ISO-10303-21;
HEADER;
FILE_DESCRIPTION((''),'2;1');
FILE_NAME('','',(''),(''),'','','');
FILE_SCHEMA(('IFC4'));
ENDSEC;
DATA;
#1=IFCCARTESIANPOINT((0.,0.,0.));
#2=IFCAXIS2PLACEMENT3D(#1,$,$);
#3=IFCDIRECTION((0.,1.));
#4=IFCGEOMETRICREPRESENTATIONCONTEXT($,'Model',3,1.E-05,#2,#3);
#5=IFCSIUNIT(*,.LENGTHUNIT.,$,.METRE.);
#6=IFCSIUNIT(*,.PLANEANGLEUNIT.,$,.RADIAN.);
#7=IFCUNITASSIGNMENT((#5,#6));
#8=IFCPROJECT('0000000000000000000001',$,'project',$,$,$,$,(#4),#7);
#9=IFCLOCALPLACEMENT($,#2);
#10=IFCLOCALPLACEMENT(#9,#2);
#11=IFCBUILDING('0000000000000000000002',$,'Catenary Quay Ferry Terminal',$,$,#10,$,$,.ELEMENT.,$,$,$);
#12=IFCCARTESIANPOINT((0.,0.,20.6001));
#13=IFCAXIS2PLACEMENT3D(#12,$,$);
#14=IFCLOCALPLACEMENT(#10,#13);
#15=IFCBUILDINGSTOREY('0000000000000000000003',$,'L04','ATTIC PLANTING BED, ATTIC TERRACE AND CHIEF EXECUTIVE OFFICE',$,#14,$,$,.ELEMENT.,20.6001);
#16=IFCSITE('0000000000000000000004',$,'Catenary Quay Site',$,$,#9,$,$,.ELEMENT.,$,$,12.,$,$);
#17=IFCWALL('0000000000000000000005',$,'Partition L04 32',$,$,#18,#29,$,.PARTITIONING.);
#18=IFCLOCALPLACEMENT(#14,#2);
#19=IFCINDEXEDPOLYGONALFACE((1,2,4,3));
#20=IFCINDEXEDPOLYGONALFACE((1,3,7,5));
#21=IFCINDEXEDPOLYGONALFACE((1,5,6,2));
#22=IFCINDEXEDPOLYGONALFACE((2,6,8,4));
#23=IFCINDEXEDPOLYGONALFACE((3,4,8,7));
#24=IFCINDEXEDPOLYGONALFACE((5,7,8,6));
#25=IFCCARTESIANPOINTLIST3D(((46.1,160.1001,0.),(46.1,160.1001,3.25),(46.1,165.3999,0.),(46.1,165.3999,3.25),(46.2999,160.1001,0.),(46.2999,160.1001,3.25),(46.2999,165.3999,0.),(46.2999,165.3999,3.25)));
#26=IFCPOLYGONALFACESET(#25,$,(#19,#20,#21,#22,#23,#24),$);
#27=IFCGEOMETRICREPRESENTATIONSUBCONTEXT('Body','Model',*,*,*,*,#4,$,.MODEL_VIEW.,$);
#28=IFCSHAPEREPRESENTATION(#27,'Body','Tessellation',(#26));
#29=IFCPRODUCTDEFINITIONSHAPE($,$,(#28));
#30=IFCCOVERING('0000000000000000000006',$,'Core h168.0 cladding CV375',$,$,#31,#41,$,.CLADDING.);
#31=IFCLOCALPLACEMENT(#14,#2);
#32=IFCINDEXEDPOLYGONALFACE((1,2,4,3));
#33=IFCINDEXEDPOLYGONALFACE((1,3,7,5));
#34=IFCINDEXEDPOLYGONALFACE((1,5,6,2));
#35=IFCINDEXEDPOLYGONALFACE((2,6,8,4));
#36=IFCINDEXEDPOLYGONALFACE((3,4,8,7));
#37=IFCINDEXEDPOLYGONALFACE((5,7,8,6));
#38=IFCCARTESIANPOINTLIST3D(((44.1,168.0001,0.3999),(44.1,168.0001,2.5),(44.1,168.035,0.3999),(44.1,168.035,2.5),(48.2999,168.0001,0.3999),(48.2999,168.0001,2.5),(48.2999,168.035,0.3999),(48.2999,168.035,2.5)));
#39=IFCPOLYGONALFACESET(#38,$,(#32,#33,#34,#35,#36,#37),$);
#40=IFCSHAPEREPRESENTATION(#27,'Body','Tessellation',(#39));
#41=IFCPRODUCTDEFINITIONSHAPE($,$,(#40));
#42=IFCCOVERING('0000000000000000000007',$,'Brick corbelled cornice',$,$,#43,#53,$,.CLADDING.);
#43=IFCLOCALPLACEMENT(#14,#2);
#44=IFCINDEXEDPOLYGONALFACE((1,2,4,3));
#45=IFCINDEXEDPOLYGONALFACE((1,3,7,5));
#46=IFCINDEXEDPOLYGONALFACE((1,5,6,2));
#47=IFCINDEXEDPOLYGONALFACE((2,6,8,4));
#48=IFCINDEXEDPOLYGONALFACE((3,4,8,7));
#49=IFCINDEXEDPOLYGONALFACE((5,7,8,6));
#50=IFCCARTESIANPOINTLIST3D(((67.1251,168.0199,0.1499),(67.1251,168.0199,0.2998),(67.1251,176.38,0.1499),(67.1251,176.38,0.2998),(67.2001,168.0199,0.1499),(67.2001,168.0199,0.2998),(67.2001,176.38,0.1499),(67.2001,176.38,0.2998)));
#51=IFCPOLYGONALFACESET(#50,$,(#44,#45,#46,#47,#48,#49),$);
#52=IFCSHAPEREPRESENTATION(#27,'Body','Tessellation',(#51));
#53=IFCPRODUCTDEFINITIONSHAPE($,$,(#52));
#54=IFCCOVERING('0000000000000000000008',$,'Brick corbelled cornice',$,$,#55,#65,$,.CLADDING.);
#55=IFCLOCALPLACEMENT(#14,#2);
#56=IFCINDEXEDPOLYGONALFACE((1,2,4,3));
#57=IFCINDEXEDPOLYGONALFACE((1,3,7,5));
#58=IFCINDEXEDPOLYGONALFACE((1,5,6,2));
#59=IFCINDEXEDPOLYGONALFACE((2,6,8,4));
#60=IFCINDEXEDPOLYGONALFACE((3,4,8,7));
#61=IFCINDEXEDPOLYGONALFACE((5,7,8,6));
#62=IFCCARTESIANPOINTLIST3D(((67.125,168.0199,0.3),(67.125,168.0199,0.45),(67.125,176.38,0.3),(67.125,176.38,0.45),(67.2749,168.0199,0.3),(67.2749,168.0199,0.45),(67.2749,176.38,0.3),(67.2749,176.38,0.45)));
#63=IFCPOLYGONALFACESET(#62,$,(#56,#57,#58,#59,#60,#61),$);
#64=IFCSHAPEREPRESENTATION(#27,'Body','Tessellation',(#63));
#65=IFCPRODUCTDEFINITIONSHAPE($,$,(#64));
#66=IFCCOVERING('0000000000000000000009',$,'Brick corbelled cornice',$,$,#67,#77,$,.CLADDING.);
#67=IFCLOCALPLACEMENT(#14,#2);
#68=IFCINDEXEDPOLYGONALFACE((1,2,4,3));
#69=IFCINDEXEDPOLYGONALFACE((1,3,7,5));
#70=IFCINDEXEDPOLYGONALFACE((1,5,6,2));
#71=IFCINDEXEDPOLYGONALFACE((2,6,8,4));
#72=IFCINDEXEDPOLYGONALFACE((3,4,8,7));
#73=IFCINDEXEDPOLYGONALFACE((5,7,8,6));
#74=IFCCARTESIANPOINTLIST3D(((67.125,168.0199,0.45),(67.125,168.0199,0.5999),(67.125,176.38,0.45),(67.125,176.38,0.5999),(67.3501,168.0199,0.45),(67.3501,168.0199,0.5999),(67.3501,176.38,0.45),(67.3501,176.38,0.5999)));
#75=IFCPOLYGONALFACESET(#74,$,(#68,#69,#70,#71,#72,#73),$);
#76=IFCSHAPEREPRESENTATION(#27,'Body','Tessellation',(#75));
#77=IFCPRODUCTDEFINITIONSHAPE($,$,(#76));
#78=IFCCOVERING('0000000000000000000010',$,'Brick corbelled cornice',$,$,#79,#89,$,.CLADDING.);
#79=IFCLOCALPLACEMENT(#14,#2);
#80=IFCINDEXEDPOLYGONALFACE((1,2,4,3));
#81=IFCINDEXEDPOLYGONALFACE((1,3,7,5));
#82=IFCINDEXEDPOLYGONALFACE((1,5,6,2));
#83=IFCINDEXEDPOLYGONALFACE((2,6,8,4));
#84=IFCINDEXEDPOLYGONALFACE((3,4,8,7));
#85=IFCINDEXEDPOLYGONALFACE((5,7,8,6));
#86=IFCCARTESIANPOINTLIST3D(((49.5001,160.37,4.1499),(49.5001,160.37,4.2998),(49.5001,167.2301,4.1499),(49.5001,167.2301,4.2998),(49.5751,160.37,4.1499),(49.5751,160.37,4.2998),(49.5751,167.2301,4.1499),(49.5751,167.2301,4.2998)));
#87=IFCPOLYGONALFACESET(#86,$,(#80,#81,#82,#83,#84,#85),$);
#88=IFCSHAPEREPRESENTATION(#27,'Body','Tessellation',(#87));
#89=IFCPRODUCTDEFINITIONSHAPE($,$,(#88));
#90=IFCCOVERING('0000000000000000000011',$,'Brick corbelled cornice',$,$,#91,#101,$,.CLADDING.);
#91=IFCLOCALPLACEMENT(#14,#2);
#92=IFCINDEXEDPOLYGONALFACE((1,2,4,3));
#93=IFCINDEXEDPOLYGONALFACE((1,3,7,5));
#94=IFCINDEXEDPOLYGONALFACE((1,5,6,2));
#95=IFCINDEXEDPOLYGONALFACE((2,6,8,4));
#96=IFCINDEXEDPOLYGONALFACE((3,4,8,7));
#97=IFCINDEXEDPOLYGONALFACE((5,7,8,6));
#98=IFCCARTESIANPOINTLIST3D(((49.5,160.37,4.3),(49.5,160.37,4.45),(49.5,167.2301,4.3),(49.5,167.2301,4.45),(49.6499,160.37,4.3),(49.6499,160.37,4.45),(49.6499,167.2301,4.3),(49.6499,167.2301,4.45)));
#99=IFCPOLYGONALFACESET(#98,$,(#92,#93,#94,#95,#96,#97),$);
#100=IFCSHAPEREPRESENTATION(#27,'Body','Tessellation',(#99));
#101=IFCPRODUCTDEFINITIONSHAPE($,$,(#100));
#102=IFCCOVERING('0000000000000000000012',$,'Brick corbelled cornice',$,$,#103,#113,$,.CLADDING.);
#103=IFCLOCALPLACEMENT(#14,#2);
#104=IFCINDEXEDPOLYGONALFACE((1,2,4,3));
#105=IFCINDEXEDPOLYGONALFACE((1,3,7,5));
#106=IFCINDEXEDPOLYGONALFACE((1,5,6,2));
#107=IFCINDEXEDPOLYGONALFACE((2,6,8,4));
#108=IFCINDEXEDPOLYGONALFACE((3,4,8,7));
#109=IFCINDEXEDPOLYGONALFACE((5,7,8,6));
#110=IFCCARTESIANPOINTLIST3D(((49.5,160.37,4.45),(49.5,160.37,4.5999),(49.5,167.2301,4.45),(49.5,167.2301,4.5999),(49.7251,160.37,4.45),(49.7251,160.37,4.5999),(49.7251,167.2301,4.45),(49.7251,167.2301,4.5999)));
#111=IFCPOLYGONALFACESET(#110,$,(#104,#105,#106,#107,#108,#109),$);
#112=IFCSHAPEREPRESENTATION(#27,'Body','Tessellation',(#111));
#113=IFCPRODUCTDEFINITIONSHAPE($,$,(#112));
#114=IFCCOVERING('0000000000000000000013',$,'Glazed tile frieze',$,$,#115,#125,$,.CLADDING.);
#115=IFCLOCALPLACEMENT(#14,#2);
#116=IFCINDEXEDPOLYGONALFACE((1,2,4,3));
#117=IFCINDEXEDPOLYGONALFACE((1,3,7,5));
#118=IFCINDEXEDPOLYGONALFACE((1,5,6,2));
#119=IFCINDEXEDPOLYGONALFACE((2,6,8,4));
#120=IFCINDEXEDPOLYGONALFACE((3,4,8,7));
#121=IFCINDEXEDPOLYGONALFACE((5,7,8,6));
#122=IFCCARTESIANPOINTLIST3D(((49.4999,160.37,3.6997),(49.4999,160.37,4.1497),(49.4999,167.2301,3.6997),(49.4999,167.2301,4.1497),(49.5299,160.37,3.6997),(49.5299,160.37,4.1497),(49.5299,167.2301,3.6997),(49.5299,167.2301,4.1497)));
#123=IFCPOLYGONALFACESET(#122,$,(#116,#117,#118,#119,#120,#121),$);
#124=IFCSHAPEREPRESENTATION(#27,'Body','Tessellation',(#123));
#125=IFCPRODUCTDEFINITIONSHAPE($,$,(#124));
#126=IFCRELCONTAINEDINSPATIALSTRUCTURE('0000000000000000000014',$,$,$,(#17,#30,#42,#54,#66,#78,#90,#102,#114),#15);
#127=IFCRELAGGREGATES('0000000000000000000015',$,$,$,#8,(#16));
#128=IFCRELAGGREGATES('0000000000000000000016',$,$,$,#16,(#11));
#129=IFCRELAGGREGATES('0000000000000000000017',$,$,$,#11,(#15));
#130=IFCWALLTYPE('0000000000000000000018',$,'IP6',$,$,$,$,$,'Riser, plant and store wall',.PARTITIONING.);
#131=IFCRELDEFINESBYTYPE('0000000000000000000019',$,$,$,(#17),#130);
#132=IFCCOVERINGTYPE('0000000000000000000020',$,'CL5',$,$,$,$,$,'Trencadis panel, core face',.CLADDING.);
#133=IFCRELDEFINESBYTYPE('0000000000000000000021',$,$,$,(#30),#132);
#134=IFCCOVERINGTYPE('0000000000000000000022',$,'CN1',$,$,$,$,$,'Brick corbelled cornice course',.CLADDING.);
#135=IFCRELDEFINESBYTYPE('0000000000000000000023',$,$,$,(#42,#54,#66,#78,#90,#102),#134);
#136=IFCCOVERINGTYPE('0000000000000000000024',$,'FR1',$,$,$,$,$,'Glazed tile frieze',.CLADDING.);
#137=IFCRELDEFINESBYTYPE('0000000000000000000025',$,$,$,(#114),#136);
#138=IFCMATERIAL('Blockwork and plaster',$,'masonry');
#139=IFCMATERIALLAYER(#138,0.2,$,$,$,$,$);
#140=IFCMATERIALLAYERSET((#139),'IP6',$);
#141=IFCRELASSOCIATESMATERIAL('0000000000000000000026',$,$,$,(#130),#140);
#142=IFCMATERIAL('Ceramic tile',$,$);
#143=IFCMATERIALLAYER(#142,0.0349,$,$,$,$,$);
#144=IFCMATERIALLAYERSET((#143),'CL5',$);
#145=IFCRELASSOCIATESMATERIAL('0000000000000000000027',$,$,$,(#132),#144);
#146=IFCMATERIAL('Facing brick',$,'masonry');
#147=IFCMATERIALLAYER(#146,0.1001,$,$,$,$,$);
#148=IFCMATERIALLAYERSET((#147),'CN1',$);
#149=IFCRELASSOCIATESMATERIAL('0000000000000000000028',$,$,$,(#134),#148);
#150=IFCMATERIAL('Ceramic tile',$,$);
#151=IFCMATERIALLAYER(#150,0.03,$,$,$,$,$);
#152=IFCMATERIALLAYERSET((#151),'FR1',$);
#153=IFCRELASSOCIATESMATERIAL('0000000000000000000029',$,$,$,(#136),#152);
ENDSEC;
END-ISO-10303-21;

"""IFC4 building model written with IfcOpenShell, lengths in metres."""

from ifc_helpers import new_model, si_unit, direction, frame, frame_2d, origin, origin_2d, place, context, subcontext, project, spatial, rectangle, extrude, material, layer, layer_set, type_object, element, save


model = new_model("IFC4")

# Units and contexts
model_context = context("Model", 3, precision=1e-05, world=origin(), true_north=direction((0.0, 1.0)))
body_context = subcontext(model_context, "Body", "Model", "MODEL_VIEW")
ifc_project = project(units=[si_unit("LENGTHUNIT", "METRE"), si_unit("PLANEANGLEUNIT", "RADIAN")], contexts=[model_context])

# Site, building, storey
site_placement = place(None, origin())
site = spatial("IfcSite", under=ifc_project, at=site_placement, Name="Catenary Quay Site", CompositionType="ELEMENT", RefElevation=12.0)
building_placement = place(site_placement, origin())
building = spatial("IfcBuilding", under=site, at=building_placement, Name="Catenary Quay Ferry Terminal", CompositionType="ELEMENT")
storey_placement = place(building_placement, frame((0.0, 0.0, 20.6001)))
storey = spatial("IfcBuildingStorey", under=building, at=storey_placement, Name="L04", Description="ATTIC PLANTING BED, ATTIC TERRACE AND CHIEF EXECUTIVE OFFICE", CompositionType="ELEMENT", Elevation=20.6001)

# Wall
ifc_material_1 = material(Name="Blockwork and plaster", Category="masonry")
ifc_layer_1 = layer(ifc_material_1, 0.2)
ifc_layer_set_1 = layer_set([ifc_layer_1], Name="IP6")
wall_type_1 = type_object("IfcWallType", Name="IP6", ElementType="Riser, plant and store wall", PredefinedType="PARTITIONING", material=ifc_layer_set_1)
wall_1_placement = place(storey_placement, frame((46.2, 160.1001, 0.0), z_axis=(0.0, 0.0, 1.0), x_axis=(0.0, 1.0, 0.0)))
element("IfcWall", 1, at=wall_1_placement, inside=storey, type_object=wall_type_1, Name="Partition L04 32", PredefinedType="PARTITIONING", context=body_context, shape_type="SweptSolid", body=[
    extrude(rectangle(XDim=5.2998, YDim=0.2, at=frame_2d((2.6499, 0.0))), origin(), (0.0, 0.0, 1.0), 3.25),
])

# Coverings
ifc_material_2 = material(Name="Ceramic tile")
ifc_layer_2 = layer(ifc_material_2, 0.0349)
ifc_layer_set_2 = layer_set([ifc_layer_2], Name="CL5")
covering_type_1 = type_object("IfcCoveringType", Name="CL5", ElementType="Trencadis panel, core face", PredefinedType="CLADDING", material=ifc_layer_set_2)
covering_1_placement = place(storey_placement, frame((46.2, 168.0176, 0.3999), z_axis=(0.0, 0.0, 1.0), x_axis=(1.0, 0.0, 0.0)))
element("IfcCovering", 2, at=covering_1_placement, inside=storey, type_object=covering_type_1, Name="Core h168.0 cladding CV375", PredefinedType="CLADDING", context=body_context, shape_type="SweptSolid", body=[
    extrude(rectangle(XDim=4.2, YDim=0.0349, at=origin_2d()), origin(), (0.0, 0.0, 1.0), 2.1001),
])
ifc_material_3 = material(Name="Facing brick", Category="masonry")
ifc_layer_3 = layer(ifc_material_3, 0.1001)
ifc_layer_set_3 = layer_set([ifc_layer_3], Name="CN1")
covering_type_2 = type_object("IfcCoveringType", Name="CN1", ElementType="Brick corbelled cornice course", PredefinedType="CLADDING", material=ifc_layer_set_3)
covering_2_placement = place(storey_placement, frame((67.1626, 172.2, 0.1499), z_axis=(0.0, 0.0, 1.0), x_axis=(1.0, 0.0, 0.0)))
element("IfcCovering", 3, at=covering_2_placement, inside=storey, type_object=covering_type_2, Name="Brick corbelled cornice", PredefinedType="CLADDING", context=body_context, shape_type="SweptSolid", body=[
    extrude(rectangle(XDim=0.075, YDim=8.3601, at=origin_2d()), origin(), (0.0, 0.0, 1.0), 0.1499),
])
covering_3_placement = place(storey_placement, frame((67.2, 172.2, 0.3), z_axis=(0.0, 0.0, 1.0), x_axis=(1.0, 0.0, 0.0)))
element("IfcCovering", 4, at=covering_3_placement, inside=storey, type_object=covering_type_2, Name="Brick corbelled cornice", PredefinedType="CLADDING", context=body_context, shape_type="SweptSolid", body=[
    extrude(rectangle(XDim=0.1499, YDim=8.3601, at=origin_2d()), origin(), (0.0, 0.0, 1.0), 0.1499),
])
covering_4_placement = place(storey_placement, frame((67.2375, 172.2, 0.45), z_axis=(0.0, 0.0, 1.0), x_axis=(1.0, 0.0, 0.0)))
element("IfcCovering", 5, at=covering_4_placement, inside=storey, type_object=covering_type_2, Name="Brick corbelled cornice", PredefinedType="CLADDING", context=body_context, shape_type="SweptSolid", body=[
    extrude(rectangle(XDim=0.2251, YDim=8.3601, at=origin_2d()), origin(), (0.0, 0.0, 1.0), 0.1499),
])
covering_5_placement = place(storey_placement, frame((49.5376, 163.8, 4.1499), z_axis=(0.0, 0.0, 1.0), x_axis=(1.0, 0.0, 0.0)))
element("IfcCovering", 6, at=covering_5_placement, inside=storey, type_object=covering_type_2, Name="Brick corbelled cornice", PredefinedType="CLADDING", context=body_context, shape_type="SweptSolid", body=[
    extrude(rectangle(XDim=0.075, YDim=6.8601, at=origin_2d()), origin(), (0.0, 0.0, 1.0), 0.1499),
])
covering_6_placement = place(storey_placement, frame((49.575, 163.8, 4.3), z_axis=(0.0, 0.0, 1.0), x_axis=(1.0, 0.0, 0.0)))
element("IfcCovering", 7, at=covering_6_placement, inside=storey, type_object=covering_type_2, Name="Brick corbelled cornice", PredefinedType="CLADDING", context=body_context, shape_type="SweptSolid", body=[
    extrude(rectangle(XDim=0.1499, YDim=6.8601, at=origin_2d()), origin(), (0.0, 0.0, 1.0), 0.1499),
])
covering_7_placement = place(storey_placement, frame((49.6125, 163.8, 4.45), z_axis=(0.0, 0.0, 1.0), x_axis=(1.0, 0.0, 0.0)))
element("IfcCovering", 8, at=covering_7_placement, inside=storey, type_object=covering_type_2, Name="Brick corbelled cornice", PredefinedType="CLADDING", context=body_context, shape_type="SweptSolid", body=[
    extrude(rectangle(XDim=0.2251, YDim=6.8601, at=origin_2d()), origin(), (0.0, 0.0, 1.0), 0.1499),
])
ifc_material_4 = material(Name="Ceramic tile")
ifc_layer_4 = layer(ifc_material_4, 0.03)
ifc_layer_set_4 = layer_set([ifc_layer_4], Name="FR1")
covering_type_3 = type_object("IfcCoveringType", Name="FR1", ElementType="Glazed tile frieze", PredefinedType="CLADDING", material=ifc_layer_set_4)
covering_8_placement = place(storey_placement, frame((49.5149, 163.8, 3.6997), z_axis=(0.0, 0.0, 1.0), x_axis=(1.0, 0.0, 0.0)))
element("IfcCovering", 9, at=covering_8_placement, inside=storey, type_object=covering_type_3, Name="Glazed tile frieze", PredefinedType="CLADDING", context=body_context, shape_type="SweptSolid", body=[
    extrude(rectangle(XDim=0.03, YDim=6.8601, at=origin_2d()), origin(), (0.0, 0.0, 1.0), 0.45),
])

save(model, "model.ifc")
